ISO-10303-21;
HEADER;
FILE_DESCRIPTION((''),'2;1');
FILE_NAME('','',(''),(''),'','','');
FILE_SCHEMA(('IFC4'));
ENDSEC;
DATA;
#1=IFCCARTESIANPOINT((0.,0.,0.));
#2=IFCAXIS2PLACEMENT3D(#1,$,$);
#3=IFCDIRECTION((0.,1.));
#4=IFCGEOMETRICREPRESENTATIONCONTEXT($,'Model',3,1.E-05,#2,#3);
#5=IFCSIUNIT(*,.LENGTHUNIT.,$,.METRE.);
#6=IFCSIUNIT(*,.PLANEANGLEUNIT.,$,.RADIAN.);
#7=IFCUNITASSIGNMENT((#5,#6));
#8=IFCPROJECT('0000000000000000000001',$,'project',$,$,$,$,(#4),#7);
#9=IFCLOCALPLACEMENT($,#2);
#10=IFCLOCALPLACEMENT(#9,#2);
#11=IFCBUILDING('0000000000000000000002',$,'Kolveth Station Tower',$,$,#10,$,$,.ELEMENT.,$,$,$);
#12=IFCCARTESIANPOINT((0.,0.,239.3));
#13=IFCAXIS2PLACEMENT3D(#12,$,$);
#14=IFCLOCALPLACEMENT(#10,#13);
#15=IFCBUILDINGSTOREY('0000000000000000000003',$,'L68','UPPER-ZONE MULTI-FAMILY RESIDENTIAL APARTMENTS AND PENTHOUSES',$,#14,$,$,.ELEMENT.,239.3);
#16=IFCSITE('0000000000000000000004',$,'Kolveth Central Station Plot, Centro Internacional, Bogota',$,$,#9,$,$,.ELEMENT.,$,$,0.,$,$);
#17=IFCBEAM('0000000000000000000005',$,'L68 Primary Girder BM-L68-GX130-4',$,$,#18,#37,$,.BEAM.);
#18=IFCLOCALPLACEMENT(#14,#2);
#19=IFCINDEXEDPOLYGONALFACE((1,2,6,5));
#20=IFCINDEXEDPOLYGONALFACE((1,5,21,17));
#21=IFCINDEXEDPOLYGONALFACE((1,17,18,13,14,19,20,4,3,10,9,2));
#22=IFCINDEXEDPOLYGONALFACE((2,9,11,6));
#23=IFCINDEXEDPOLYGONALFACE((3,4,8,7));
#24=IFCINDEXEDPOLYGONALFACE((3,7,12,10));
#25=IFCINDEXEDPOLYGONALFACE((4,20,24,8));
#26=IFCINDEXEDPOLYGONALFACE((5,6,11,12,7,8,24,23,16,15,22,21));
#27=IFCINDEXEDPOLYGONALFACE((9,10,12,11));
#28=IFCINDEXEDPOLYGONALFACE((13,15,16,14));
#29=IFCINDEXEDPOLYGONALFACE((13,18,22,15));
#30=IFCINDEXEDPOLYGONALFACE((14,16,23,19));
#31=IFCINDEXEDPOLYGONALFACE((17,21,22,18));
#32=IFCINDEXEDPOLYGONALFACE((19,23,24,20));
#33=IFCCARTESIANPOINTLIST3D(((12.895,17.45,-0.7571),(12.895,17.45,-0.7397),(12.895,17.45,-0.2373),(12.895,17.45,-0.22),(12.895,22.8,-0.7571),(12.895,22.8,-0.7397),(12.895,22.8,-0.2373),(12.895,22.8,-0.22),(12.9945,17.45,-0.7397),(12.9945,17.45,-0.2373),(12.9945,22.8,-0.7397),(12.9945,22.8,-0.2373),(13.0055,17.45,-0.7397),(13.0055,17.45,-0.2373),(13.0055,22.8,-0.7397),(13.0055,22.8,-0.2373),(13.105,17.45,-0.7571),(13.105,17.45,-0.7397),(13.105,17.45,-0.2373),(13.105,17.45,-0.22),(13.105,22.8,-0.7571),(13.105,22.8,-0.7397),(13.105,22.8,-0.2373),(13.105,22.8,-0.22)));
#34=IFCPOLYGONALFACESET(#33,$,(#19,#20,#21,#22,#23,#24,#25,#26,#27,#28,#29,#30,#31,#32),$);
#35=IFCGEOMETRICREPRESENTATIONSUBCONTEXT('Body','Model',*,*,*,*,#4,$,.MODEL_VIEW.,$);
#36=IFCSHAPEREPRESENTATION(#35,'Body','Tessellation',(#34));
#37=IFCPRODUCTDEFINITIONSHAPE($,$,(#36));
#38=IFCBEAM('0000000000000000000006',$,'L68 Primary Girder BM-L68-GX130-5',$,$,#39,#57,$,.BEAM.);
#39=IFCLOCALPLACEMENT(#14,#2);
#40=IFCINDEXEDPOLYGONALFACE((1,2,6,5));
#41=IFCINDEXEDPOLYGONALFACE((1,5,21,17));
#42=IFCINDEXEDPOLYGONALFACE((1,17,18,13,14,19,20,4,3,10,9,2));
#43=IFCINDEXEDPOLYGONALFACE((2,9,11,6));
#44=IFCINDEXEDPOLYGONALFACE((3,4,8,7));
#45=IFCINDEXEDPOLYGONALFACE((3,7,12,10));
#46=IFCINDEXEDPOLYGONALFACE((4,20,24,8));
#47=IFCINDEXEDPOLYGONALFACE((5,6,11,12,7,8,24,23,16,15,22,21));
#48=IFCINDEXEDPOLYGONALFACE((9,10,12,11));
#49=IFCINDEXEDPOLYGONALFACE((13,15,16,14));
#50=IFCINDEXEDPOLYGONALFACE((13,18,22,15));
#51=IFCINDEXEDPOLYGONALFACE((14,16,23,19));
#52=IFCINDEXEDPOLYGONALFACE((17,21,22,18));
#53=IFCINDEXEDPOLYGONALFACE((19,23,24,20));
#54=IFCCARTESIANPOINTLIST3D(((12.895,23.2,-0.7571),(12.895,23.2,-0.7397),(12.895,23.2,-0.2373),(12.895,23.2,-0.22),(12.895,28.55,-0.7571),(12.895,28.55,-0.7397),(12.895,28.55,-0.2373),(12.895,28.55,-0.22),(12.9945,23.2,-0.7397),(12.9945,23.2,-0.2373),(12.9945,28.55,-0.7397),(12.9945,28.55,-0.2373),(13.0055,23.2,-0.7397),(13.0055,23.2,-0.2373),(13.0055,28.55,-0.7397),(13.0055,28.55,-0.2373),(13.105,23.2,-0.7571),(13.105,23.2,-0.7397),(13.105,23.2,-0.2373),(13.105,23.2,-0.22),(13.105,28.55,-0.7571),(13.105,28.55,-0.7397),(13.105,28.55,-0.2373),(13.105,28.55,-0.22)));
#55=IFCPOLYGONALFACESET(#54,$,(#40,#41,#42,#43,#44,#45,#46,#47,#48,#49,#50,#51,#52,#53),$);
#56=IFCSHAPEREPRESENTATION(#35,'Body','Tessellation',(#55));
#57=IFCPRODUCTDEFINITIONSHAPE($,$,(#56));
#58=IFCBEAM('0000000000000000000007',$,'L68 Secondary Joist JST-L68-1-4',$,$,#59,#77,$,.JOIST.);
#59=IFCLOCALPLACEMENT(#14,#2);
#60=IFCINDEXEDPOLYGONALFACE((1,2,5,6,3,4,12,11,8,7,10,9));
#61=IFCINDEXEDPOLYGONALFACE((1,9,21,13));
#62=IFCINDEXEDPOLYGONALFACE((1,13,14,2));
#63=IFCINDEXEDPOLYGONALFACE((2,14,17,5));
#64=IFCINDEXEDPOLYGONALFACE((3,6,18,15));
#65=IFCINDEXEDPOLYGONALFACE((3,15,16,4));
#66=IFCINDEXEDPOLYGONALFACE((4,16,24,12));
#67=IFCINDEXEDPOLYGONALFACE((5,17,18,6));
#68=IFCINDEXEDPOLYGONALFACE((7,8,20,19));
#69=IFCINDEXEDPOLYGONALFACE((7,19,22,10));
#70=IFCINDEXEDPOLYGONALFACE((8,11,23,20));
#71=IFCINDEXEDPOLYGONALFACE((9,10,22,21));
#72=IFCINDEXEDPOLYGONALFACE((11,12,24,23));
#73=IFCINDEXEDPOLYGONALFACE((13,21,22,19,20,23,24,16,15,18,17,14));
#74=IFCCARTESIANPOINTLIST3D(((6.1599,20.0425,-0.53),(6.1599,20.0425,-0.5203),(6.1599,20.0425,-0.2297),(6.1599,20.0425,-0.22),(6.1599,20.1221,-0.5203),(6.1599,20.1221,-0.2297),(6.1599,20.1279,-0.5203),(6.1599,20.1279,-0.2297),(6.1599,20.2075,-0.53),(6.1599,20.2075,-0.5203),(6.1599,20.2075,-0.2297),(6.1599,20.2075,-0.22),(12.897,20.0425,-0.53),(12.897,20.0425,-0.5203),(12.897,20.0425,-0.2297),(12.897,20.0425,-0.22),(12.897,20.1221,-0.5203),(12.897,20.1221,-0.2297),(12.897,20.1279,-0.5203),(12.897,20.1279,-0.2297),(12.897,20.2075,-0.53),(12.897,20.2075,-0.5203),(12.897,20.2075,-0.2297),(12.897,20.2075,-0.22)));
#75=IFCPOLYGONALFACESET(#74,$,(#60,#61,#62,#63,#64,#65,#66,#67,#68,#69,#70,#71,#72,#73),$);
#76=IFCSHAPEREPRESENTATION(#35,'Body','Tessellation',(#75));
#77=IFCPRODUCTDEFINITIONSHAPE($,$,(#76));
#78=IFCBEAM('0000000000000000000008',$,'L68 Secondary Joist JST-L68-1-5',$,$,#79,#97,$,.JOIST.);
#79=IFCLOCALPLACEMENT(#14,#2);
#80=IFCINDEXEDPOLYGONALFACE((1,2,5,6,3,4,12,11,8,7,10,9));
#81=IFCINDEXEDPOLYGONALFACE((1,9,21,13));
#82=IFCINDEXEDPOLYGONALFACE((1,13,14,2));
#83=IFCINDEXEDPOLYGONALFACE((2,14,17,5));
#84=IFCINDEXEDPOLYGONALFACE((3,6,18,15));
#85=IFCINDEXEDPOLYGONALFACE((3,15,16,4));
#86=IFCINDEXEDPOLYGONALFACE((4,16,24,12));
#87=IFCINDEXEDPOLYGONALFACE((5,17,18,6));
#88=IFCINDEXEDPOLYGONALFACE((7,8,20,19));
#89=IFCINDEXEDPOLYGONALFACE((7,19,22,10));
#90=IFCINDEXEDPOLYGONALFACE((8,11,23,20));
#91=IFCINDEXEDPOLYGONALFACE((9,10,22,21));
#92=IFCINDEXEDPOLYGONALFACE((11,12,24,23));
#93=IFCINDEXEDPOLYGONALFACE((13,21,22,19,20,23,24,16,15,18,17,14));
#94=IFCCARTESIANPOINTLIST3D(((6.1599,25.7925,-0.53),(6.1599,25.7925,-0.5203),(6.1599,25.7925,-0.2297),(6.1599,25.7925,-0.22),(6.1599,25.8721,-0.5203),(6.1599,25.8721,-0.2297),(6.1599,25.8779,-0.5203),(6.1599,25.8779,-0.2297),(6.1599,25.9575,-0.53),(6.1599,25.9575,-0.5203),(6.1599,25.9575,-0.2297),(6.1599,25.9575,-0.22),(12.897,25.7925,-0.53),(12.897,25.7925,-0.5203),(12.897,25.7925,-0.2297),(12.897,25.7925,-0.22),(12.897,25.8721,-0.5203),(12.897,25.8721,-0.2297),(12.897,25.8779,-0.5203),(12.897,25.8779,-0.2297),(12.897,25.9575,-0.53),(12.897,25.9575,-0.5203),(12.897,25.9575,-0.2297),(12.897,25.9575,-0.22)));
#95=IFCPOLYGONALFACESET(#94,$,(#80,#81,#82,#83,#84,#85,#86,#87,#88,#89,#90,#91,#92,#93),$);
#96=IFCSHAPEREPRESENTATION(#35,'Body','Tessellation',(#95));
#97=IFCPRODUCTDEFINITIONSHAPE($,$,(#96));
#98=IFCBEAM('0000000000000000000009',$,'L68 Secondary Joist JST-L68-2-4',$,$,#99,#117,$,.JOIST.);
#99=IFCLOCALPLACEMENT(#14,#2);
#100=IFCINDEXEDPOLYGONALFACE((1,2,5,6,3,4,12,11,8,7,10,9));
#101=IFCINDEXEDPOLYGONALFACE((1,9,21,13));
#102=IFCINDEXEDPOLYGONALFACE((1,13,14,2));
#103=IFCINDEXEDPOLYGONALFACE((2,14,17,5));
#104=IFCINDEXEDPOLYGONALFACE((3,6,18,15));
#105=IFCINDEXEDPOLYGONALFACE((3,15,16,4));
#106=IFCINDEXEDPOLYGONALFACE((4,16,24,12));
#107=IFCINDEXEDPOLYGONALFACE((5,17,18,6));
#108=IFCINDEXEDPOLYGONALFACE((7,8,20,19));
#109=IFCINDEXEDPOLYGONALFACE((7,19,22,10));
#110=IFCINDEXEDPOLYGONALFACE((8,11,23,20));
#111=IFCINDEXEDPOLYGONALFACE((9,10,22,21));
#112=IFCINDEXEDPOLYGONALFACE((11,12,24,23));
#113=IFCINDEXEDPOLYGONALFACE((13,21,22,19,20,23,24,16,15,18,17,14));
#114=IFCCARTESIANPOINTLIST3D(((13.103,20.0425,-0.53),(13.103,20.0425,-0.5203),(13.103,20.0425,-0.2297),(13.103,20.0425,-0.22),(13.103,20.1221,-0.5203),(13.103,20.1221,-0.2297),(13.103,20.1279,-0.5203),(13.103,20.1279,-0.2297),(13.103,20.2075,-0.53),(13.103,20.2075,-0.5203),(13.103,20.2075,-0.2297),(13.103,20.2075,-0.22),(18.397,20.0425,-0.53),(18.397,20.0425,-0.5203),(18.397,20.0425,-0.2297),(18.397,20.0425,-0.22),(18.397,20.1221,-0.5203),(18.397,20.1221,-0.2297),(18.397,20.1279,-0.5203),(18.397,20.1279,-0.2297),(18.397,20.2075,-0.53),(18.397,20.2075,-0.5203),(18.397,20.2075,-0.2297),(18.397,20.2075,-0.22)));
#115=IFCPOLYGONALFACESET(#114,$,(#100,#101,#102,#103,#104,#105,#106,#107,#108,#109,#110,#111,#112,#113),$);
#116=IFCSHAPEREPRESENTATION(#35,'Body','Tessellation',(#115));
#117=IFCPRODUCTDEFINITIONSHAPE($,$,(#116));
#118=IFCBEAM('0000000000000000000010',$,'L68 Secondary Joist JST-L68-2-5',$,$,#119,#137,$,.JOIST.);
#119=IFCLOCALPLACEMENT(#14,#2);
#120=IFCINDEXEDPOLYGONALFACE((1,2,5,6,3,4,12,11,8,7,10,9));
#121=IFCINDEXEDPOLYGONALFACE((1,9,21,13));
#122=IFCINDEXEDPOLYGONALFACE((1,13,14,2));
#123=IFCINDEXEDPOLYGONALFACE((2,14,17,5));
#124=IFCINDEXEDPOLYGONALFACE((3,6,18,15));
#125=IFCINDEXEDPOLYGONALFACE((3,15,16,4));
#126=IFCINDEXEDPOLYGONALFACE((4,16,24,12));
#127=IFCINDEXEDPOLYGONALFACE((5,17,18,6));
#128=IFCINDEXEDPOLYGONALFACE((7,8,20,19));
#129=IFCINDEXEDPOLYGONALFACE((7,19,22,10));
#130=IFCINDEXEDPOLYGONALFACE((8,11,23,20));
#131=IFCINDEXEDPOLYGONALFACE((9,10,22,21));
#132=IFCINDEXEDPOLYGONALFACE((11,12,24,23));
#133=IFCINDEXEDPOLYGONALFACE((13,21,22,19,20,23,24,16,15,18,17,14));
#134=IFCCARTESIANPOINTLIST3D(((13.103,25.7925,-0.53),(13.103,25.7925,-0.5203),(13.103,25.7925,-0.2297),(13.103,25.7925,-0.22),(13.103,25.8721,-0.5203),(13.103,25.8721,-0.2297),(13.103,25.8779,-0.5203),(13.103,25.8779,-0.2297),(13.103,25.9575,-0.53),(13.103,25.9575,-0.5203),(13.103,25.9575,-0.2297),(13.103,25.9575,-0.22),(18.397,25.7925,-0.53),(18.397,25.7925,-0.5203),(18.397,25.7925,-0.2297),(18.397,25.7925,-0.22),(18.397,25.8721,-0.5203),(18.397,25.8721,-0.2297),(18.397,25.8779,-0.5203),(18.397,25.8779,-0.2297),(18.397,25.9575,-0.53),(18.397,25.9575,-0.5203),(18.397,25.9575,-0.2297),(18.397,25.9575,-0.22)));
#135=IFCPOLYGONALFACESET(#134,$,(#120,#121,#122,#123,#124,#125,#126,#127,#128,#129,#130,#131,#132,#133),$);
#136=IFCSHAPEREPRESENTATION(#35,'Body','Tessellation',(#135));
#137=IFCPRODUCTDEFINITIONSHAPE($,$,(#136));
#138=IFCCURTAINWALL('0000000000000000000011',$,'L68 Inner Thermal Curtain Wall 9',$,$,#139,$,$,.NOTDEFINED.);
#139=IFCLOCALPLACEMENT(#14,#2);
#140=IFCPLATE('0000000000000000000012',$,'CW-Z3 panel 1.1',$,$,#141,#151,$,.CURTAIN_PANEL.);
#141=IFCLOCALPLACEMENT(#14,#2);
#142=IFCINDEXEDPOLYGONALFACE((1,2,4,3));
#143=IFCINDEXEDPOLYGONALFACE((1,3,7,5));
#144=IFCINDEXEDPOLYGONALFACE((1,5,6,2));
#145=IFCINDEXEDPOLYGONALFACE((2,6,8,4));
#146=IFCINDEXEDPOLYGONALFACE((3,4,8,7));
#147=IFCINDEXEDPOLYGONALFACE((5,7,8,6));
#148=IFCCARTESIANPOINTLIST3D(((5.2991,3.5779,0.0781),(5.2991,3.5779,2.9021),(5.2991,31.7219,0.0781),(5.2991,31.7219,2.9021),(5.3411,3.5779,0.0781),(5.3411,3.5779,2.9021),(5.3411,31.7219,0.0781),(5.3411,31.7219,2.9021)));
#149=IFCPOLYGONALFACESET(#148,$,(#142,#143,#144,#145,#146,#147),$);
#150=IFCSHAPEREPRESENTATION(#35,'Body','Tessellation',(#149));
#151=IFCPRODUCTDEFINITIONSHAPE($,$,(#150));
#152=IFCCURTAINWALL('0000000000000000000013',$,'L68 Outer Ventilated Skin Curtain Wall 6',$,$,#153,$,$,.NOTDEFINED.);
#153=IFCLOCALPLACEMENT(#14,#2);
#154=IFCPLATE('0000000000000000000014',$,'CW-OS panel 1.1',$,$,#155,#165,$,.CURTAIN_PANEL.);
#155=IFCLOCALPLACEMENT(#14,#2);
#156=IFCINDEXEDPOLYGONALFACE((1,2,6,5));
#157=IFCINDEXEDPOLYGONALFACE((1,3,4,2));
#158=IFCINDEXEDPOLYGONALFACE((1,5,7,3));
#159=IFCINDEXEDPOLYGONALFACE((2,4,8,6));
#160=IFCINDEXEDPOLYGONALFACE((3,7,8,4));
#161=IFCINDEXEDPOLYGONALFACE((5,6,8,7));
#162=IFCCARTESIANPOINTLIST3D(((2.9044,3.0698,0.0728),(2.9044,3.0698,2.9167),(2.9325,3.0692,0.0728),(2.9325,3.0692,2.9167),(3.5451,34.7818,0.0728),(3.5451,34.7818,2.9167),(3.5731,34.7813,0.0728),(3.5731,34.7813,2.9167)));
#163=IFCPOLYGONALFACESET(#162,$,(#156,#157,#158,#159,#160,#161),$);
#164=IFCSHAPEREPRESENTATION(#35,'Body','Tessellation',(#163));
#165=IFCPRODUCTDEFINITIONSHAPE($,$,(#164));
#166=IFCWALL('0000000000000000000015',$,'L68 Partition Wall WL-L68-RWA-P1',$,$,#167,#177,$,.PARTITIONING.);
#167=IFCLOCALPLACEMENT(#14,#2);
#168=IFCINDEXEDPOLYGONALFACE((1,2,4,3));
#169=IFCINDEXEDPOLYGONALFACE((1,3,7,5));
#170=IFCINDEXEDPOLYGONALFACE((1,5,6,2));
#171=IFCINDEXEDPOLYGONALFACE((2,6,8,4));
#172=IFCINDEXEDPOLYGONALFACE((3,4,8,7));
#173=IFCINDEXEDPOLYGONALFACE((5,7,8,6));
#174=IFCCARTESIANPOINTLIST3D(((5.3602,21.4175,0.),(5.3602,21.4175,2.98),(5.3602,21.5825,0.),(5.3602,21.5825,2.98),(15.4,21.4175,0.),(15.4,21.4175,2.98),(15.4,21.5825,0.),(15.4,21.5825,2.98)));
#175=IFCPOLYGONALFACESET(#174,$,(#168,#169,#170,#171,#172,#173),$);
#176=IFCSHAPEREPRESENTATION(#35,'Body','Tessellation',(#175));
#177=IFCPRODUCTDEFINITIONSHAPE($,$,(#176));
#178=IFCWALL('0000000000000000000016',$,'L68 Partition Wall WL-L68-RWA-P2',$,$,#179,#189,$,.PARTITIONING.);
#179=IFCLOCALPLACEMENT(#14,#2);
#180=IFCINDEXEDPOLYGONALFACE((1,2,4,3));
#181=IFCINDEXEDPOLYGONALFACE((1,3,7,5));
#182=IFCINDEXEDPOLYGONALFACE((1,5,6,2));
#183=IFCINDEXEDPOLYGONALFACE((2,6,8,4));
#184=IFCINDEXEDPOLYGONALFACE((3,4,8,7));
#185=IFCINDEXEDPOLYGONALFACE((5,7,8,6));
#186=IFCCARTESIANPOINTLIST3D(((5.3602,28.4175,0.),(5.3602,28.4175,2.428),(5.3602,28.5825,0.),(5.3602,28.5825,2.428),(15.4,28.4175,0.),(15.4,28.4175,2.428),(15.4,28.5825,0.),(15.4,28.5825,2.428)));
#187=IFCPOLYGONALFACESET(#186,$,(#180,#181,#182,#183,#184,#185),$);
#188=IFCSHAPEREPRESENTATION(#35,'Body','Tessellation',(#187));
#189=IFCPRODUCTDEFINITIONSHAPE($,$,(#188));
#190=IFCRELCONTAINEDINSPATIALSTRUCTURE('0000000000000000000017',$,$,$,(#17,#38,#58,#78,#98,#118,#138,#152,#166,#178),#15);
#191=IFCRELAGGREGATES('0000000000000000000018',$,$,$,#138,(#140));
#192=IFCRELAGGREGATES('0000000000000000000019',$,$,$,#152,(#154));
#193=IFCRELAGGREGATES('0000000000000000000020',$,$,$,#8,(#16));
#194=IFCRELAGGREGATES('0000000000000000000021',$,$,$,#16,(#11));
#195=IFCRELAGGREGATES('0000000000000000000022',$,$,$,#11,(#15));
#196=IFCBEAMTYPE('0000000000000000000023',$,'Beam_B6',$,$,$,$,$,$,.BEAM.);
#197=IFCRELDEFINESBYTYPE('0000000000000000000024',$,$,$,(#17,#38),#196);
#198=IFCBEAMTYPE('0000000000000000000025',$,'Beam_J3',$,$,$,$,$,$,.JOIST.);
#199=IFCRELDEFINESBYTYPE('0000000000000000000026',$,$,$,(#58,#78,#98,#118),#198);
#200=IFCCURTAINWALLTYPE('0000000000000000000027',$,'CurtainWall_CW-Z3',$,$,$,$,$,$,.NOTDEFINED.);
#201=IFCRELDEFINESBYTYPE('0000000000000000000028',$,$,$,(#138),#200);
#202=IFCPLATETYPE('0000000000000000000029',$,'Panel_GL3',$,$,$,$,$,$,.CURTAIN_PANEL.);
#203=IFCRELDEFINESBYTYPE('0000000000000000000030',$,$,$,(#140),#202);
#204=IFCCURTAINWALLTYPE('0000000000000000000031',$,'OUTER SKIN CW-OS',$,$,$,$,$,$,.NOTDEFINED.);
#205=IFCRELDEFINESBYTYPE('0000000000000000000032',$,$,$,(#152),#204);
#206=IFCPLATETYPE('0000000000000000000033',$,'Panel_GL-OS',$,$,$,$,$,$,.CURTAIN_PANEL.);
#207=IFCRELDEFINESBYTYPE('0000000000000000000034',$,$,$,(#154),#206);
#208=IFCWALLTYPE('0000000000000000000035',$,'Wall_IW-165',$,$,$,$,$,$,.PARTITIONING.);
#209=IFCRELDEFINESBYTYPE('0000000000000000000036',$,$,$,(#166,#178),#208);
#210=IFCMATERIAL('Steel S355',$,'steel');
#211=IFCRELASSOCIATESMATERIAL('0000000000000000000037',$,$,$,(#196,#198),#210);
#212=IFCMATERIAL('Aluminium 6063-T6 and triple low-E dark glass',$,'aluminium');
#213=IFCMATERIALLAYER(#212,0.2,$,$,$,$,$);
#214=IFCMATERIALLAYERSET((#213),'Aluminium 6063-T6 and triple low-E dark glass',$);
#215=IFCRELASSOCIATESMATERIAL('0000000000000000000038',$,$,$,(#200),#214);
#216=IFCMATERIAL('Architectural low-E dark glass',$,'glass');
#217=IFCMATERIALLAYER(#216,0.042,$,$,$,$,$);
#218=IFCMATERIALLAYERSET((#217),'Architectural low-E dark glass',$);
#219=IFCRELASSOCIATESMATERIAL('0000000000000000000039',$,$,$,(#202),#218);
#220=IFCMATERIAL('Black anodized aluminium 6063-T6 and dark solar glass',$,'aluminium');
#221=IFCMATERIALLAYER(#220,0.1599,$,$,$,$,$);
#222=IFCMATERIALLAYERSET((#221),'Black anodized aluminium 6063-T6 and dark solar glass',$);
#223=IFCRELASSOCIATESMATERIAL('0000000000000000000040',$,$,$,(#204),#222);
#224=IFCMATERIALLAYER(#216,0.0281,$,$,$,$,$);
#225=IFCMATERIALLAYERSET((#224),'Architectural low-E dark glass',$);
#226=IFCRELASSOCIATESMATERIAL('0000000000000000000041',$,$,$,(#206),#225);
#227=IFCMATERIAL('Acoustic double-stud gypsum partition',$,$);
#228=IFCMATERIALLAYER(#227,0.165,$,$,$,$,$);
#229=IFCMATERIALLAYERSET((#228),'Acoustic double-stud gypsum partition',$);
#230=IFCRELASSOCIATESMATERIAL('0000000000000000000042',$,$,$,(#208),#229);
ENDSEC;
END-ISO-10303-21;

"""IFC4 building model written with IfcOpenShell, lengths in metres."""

from ifc_helpers import new_model, si_unit, direction, frame, frame_2d, origin, origin_2d, place, context, subcontext, project, spatial, rectangle, i_section, extrude, source, transform, mapped, material, layer, layer_set, material_profile, profile_set, type_object, element, aggregate, save


model = new_model("IFC4")

# Units and contexts
model_context = context("Model", 3, precision=1e-05, world=origin(), true_north=direction((0.0, 1.0)))
body_context = subcontext(model_context, "Body", "Model", "MODEL_VIEW")
ifc_project = project(units=[si_unit("LENGTHUNIT", "METRE"), si_unit("PLANEANGLEUNIT", "RADIAN")], contexts=[model_context])

# Site, building, storey
site_placement = place(None, origin())
site = spatial("IfcSite", under=ifc_project, at=site_placement, Name="Kolveth Central Station Plot, Centro Internacional, Bogota", CompositionType="ELEMENT", RefElevation=0.0)
building_placement = place(site_placement, origin())
building = spatial("IfcBuilding", under=site, at=building_placement, Name="Kolveth Station Tower", CompositionType="ELEMENT")
storey_placement = place(building_placement, frame((0.0, 0.0, 239.3)))
storey = spatial("IfcBuildingStorey", under=building, at=storey_placement, Name="L68", Description="UPPER-ZONE MULTI-FAMILY RESIDENTIAL APARTMENTS AND PENTHOUSES", CompositionType="ELEMENT", Elevation=239.3)

# Shared definitions
ifc_material_1 = material(Name="Steel S355", Category="steel")

# Beams
ifc_material_profile_1 = material_profile(ifc_material_1, i_section(OverallWidth=0.21, OverallDepth=0.5371, WebThickness=0.011, FlangeThickness=0.0173, at=origin_2d()), Name="W530x101")
ifc_profile_set_1 = profile_set([ifc_material_profile_1], Name="Steel S355")
beam_type_1 = type_object("IfcBeamType", Name="Beam_B6", PredefinedType="BEAM", material=ifc_profile_set_1)
shared_shape_1 = source(origin(), body_context, "Body", "SweptSolid", [
    extrude(i_section(OverallWidth=0.21, OverallDepth=0.5371, WebThickness=0.011, FlangeThickness=0.0173, at=origin_2d()), origin(), (0.0, 0.0, 1.0), 5.3501),
])
for number, where, z_axis, x_axis, name in (
    (1, (13.0, 17.45, -0.4885), (0.0, 1.0, 0.0), (-1.0, 0.0, 0.0), "L68 Primary Girder BM-L68-GX130-4"),
    (2, (13.0, 23.2, -0.4885), (0.0, 1.0, 0.0), (-1.0, 0.0, 0.0), "L68 Primary Girder BM-L68-GX130-5"),
):
    element("IfcBeam", number, at=place(storey_placement, frame(where, z_axis=z_axis, x_axis=x_axis)), inside=storey, type_object=beam_type_1, Name=name, PredefinedType="BEAM", context=body_context, shape_type="MappedRepresentation", body=[
        mapped(shared_shape_1, transform((0.0, 0.0, 0.0), x_axis=(1.0, 0.0, 0.0), y_axis=(0.0, 1.0, 0.0), z_axis=(0.0, 0.0, 1.0), scale=1.0)),
    ])
ifc_material_profile_2 = material_profile(ifc_material_1, i_section(OverallWidth=0.165, OverallDepth=0.3101, WebThickness=0.0059, FlangeThickness=0.0098, at=origin_2d()), Name="W310x39")
ifc_profile_set_2 = profile_set([ifc_material_profile_2], Name="Steel S355")
beam_type_2 = type_object("IfcBeamType", Name="Beam_J3", PredefinedType="JOIST", material=ifc_profile_set_2)
shared_shape_2 = source(origin(), body_context, "Body", "SweptSolid", [
    extrude(i_section(OverallWidth=0.165, OverallDepth=0.3101, WebThickness=0.0059, FlangeThickness=0.0098, at=origin_2d()), origin(), (0.0, 0.0, 1.0), 6.7371),
])
for number, where, z_axis, x_axis, name in (
    (3, (6.1599, 20.125, -0.375), (1.0, 0.0, 0.0), (0.0, 1.0, 0.0), "L68 Secondary Joist JST-L68-1-4"),
    (4, (6.1599, 25.875, -0.375), (1.0, 0.0, 0.0), (0.0, 1.0, 0.0), "L68 Secondary Joist JST-L68-1-5"),
):
    element("IfcBeam", number, at=place(storey_placement, frame(where, z_axis=z_axis, x_axis=x_axis)), inside=storey, type_object=beam_type_2, Name=name, PredefinedType="JOIST", context=body_context, shape_type="MappedRepresentation", body=[
        mapped(shared_shape_2, transform((0.0, 0.0, 0.0), x_axis=(1.0, 0.0, 0.0), y_axis=(0.0, 1.0, 0.0), z_axis=(0.0, 0.0, 1.0), scale=1.0)),
    ])
shared_shape_3 = source(origin(), body_context, "Body", "SweptSolid", [
    extrude(i_section(OverallWidth=0.165, OverallDepth=0.3101, WebThickness=0.0059, FlangeThickness=0.0098, at=origin_2d()), origin(), (0.0, 0.0, 1.0), 5.2939),
])
for number, where, z_axis, x_axis, name in (
    (5, (13.103, 20.125, -0.375), (1.0, 0.0, 0.0), (0.0, 1.0, 0.0), "L68 Secondary Joist JST-L68-2-4"),
    (6, (13.103, 25.875, -0.375), (1.0, 0.0, 0.0), (0.0, 1.0, 0.0), "L68 Secondary Joist JST-L68-2-5"),
):
    element("IfcBeam", number, at=place(storey_placement, frame(where, z_axis=z_axis, x_axis=x_axis)), inside=storey, type_object=beam_type_2, Name=name, PredefinedType="JOIST", context=body_context, shape_type="MappedRepresentation", body=[
        mapped(shared_shape_3, transform((0.0, 0.0, 0.0), x_axis=(1.0, 0.0, 0.0), y_axis=(0.0, 1.0, 0.0), z_axis=(0.0, 0.0, 1.0), scale=1.0)),
    ])

# Curtain walls, plates
ifc_material_2 = material(Name="Aluminium 6063-T6 and triple low-E dark glass", Category="aluminium")
ifc_layer_1 = layer(ifc_material_2, 0.2)
ifc_layer_set_1 = layer_set([ifc_layer_1], Name="Aluminium 6063-T6 and triple low-E dark glass")
curtain_wall_type_1 = type_object("IfcCurtainWallType", Name="CurtainWall_CW-Z3", PredefinedType="NOTDEFINED", material=ifc_layer_set_1)
curtain_wall_1_placement = place(storey_placement, origin())
curtain_wall_1 = element("IfcCurtainWall", 7, at=curtain_wall_1_placement, inside=storey, type_object=curtain_wall_type_1, Name="L68 Inner Thermal Curtain Wall 9", PredefinedType="NOTDEFINED")
ifc_material_3 = material(Name="Architectural low-E dark glass", Category="glass")
ifc_layer_2 = layer(ifc_material_3, 0.042)
ifc_layer_set_2 = layer_set([ifc_layer_2], Name="Architectural low-E dark glass")
plate_type_1 = type_object("IfcPlateType", Name="Panel_GL3", PredefinedType="CURTAIN_PANEL", material=ifc_layer_set_2)
shared_shape_4 = source(origin(), body_context, "Body", "SweptSolid", [
    extrude(rectangle(XDim=28.144, YDim=0.042, at=origin_2d()), origin(), (0.0, 0.0, 1.0), 2.824),
])
plate_1_placement = place(storey_placement, frame((5.3201, 17.6499, 0.0781), z_axis=(0.0, 0.0, 1.0), x_axis=(0.0, -1.0, 0.0)))
plate_1 = element("IfcPlate", 8, at=plate_1_placement, type_object=plate_type_1, Name="CW-Z3 panel 1.1", PredefinedType="CURTAIN_PANEL", context=body_context, shape_type="MappedRepresentation", body=[
    mapped(shared_shape_4, transform((0.0, 0.0, 0.0), x_axis=(1.0, 0.0, 0.0), y_axis=(0.0, 1.0, 0.0), z_axis=(0.0, 0.0, 1.0), scale=1.0)),
])
aggregate(curtain_wall_1, [plate_1])
ifc_material_4 = material(Name="Black anodized aluminium 6063-T6 and dark solar glass", Category="aluminium")
ifc_layer_3 = layer(ifc_material_4, 0.1599)
ifc_layer_set_3 = layer_set([ifc_layer_3], Name="Black anodized aluminium 6063-T6 and dark solar glass")
curtain_wall_type_2 = type_object("IfcCurtainWallType", Name="OUTER SKIN CW-OS", PredefinedType="NOTDEFINED", material=ifc_layer_set_3)
curtain_wall_2_placement = place(storey_placement, origin())
curtain_wall_2 = element("IfcCurtainWall", 9, at=curtain_wall_2_placement, inside=storey, type_object=curtain_wall_type_2, Name="L68 Outer Ventilated Skin Curtain Wall 6", PredefinedType="NOTDEFINED")
ifc_layer_4 = layer(ifc_material_3, 0.0281)
ifc_layer_set_4 = layer_set([ifc_layer_4], Name="Architectural low-E dark glass")
plate_type_2 = type_object("IfcPlateType", Name="Panel_GL-OS", PredefinedType="CURTAIN_PANEL", material=ifc_layer_set_4)
shared_shape_5 = source(origin(), body_context, "Body", "SweptSolid", [
    extrude(rectangle(XDim=31.7185, YDim=0.0281, at=origin_2d()), origin(), (0.0, 0.0, 1.0), 2.844),
])
plate_2_placement = place(storey_placement, frame((3.2388, 18.9255, 0.0728), z_axis=(0.0, 0.0, 1.0), x_axis=(-0.020198, -0.999796, 0.0)))
plate_2 = element("IfcPlate", 10, at=plate_2_placement, type_object=plate_type_2, Name="CW-OS panel 1.1", PredefinedType="CURTAIN_PANEL", context=body_context, shape_type="MappedRepresentation", body=[
    mapped(shared_shape_5, transform((0.0, 0.0, 0.0), x_axis=(1.0, 0.0, 0.0), y_axis=(0.0, 1.0, 0.0), z_axis=(0.0, 0.0, 1.0), scale=1.0)),
])
aggregate(curtain_wall_2, [plate_2])

# Walls
ifc_material_5 = material(Name="Acoustic double-stud gypsum partition")
ifc_layer_5 = layer(ifc_material_5, 0.165)
ifc_layer_set_5 = layer_set([ifc_layer_5], Name="Acoustic double-stud gypsum partition")
wall_type = type_object("IfcWallType", Name="Wall_IW-165", PredefinedType="PARTITIONING", material=ifc_layer_set_5)
wall_1_placement = place(storey_placement, frame((5.3601, 21.5, 0.0), z_axis=(0.0, 0.0, 1.0), x_axis=(1.0, 0.0, 0.0)))
element("IfcWall", 11, at=wall_1_placement, inside=storey, type_object=wall_type, Name="L68 Partition Wall WL-L68-RWA-P1", PredefinedType="PARTITIONING", context=body_context, shape_type="SweptSolid", body=[
    extrude(rectangle(XDim=10.0398, YDim=0.165, at=frame_2d((5.02, 0.0))), origin(), (0.0, 0.0, 1.0), 2.98),
])
wall_2_placement = place(storey_placement, frame((5.3601, 28.5, 0.0), z_axis=(0.0, 0.0, 1.0), x_axis=(1.0, 0.0, 0.0)))
element("IfcWall", 12, at=wall_2_placement, inside=storey, type_object=wall_type, Name="L68 Partition Wall WL-L68-RWA-P2", PredefinedType="PARTITIONING", context=body_context, shape_type="SweptSolid", body=[
    extrude(rectangle(XDim=10.0398, YDim=0.165, at=frame_2d((5.02, 0.0))), origin(), (0.0, 0.0, 1.0), 2.428),
])

save(model, "model.ifc")
